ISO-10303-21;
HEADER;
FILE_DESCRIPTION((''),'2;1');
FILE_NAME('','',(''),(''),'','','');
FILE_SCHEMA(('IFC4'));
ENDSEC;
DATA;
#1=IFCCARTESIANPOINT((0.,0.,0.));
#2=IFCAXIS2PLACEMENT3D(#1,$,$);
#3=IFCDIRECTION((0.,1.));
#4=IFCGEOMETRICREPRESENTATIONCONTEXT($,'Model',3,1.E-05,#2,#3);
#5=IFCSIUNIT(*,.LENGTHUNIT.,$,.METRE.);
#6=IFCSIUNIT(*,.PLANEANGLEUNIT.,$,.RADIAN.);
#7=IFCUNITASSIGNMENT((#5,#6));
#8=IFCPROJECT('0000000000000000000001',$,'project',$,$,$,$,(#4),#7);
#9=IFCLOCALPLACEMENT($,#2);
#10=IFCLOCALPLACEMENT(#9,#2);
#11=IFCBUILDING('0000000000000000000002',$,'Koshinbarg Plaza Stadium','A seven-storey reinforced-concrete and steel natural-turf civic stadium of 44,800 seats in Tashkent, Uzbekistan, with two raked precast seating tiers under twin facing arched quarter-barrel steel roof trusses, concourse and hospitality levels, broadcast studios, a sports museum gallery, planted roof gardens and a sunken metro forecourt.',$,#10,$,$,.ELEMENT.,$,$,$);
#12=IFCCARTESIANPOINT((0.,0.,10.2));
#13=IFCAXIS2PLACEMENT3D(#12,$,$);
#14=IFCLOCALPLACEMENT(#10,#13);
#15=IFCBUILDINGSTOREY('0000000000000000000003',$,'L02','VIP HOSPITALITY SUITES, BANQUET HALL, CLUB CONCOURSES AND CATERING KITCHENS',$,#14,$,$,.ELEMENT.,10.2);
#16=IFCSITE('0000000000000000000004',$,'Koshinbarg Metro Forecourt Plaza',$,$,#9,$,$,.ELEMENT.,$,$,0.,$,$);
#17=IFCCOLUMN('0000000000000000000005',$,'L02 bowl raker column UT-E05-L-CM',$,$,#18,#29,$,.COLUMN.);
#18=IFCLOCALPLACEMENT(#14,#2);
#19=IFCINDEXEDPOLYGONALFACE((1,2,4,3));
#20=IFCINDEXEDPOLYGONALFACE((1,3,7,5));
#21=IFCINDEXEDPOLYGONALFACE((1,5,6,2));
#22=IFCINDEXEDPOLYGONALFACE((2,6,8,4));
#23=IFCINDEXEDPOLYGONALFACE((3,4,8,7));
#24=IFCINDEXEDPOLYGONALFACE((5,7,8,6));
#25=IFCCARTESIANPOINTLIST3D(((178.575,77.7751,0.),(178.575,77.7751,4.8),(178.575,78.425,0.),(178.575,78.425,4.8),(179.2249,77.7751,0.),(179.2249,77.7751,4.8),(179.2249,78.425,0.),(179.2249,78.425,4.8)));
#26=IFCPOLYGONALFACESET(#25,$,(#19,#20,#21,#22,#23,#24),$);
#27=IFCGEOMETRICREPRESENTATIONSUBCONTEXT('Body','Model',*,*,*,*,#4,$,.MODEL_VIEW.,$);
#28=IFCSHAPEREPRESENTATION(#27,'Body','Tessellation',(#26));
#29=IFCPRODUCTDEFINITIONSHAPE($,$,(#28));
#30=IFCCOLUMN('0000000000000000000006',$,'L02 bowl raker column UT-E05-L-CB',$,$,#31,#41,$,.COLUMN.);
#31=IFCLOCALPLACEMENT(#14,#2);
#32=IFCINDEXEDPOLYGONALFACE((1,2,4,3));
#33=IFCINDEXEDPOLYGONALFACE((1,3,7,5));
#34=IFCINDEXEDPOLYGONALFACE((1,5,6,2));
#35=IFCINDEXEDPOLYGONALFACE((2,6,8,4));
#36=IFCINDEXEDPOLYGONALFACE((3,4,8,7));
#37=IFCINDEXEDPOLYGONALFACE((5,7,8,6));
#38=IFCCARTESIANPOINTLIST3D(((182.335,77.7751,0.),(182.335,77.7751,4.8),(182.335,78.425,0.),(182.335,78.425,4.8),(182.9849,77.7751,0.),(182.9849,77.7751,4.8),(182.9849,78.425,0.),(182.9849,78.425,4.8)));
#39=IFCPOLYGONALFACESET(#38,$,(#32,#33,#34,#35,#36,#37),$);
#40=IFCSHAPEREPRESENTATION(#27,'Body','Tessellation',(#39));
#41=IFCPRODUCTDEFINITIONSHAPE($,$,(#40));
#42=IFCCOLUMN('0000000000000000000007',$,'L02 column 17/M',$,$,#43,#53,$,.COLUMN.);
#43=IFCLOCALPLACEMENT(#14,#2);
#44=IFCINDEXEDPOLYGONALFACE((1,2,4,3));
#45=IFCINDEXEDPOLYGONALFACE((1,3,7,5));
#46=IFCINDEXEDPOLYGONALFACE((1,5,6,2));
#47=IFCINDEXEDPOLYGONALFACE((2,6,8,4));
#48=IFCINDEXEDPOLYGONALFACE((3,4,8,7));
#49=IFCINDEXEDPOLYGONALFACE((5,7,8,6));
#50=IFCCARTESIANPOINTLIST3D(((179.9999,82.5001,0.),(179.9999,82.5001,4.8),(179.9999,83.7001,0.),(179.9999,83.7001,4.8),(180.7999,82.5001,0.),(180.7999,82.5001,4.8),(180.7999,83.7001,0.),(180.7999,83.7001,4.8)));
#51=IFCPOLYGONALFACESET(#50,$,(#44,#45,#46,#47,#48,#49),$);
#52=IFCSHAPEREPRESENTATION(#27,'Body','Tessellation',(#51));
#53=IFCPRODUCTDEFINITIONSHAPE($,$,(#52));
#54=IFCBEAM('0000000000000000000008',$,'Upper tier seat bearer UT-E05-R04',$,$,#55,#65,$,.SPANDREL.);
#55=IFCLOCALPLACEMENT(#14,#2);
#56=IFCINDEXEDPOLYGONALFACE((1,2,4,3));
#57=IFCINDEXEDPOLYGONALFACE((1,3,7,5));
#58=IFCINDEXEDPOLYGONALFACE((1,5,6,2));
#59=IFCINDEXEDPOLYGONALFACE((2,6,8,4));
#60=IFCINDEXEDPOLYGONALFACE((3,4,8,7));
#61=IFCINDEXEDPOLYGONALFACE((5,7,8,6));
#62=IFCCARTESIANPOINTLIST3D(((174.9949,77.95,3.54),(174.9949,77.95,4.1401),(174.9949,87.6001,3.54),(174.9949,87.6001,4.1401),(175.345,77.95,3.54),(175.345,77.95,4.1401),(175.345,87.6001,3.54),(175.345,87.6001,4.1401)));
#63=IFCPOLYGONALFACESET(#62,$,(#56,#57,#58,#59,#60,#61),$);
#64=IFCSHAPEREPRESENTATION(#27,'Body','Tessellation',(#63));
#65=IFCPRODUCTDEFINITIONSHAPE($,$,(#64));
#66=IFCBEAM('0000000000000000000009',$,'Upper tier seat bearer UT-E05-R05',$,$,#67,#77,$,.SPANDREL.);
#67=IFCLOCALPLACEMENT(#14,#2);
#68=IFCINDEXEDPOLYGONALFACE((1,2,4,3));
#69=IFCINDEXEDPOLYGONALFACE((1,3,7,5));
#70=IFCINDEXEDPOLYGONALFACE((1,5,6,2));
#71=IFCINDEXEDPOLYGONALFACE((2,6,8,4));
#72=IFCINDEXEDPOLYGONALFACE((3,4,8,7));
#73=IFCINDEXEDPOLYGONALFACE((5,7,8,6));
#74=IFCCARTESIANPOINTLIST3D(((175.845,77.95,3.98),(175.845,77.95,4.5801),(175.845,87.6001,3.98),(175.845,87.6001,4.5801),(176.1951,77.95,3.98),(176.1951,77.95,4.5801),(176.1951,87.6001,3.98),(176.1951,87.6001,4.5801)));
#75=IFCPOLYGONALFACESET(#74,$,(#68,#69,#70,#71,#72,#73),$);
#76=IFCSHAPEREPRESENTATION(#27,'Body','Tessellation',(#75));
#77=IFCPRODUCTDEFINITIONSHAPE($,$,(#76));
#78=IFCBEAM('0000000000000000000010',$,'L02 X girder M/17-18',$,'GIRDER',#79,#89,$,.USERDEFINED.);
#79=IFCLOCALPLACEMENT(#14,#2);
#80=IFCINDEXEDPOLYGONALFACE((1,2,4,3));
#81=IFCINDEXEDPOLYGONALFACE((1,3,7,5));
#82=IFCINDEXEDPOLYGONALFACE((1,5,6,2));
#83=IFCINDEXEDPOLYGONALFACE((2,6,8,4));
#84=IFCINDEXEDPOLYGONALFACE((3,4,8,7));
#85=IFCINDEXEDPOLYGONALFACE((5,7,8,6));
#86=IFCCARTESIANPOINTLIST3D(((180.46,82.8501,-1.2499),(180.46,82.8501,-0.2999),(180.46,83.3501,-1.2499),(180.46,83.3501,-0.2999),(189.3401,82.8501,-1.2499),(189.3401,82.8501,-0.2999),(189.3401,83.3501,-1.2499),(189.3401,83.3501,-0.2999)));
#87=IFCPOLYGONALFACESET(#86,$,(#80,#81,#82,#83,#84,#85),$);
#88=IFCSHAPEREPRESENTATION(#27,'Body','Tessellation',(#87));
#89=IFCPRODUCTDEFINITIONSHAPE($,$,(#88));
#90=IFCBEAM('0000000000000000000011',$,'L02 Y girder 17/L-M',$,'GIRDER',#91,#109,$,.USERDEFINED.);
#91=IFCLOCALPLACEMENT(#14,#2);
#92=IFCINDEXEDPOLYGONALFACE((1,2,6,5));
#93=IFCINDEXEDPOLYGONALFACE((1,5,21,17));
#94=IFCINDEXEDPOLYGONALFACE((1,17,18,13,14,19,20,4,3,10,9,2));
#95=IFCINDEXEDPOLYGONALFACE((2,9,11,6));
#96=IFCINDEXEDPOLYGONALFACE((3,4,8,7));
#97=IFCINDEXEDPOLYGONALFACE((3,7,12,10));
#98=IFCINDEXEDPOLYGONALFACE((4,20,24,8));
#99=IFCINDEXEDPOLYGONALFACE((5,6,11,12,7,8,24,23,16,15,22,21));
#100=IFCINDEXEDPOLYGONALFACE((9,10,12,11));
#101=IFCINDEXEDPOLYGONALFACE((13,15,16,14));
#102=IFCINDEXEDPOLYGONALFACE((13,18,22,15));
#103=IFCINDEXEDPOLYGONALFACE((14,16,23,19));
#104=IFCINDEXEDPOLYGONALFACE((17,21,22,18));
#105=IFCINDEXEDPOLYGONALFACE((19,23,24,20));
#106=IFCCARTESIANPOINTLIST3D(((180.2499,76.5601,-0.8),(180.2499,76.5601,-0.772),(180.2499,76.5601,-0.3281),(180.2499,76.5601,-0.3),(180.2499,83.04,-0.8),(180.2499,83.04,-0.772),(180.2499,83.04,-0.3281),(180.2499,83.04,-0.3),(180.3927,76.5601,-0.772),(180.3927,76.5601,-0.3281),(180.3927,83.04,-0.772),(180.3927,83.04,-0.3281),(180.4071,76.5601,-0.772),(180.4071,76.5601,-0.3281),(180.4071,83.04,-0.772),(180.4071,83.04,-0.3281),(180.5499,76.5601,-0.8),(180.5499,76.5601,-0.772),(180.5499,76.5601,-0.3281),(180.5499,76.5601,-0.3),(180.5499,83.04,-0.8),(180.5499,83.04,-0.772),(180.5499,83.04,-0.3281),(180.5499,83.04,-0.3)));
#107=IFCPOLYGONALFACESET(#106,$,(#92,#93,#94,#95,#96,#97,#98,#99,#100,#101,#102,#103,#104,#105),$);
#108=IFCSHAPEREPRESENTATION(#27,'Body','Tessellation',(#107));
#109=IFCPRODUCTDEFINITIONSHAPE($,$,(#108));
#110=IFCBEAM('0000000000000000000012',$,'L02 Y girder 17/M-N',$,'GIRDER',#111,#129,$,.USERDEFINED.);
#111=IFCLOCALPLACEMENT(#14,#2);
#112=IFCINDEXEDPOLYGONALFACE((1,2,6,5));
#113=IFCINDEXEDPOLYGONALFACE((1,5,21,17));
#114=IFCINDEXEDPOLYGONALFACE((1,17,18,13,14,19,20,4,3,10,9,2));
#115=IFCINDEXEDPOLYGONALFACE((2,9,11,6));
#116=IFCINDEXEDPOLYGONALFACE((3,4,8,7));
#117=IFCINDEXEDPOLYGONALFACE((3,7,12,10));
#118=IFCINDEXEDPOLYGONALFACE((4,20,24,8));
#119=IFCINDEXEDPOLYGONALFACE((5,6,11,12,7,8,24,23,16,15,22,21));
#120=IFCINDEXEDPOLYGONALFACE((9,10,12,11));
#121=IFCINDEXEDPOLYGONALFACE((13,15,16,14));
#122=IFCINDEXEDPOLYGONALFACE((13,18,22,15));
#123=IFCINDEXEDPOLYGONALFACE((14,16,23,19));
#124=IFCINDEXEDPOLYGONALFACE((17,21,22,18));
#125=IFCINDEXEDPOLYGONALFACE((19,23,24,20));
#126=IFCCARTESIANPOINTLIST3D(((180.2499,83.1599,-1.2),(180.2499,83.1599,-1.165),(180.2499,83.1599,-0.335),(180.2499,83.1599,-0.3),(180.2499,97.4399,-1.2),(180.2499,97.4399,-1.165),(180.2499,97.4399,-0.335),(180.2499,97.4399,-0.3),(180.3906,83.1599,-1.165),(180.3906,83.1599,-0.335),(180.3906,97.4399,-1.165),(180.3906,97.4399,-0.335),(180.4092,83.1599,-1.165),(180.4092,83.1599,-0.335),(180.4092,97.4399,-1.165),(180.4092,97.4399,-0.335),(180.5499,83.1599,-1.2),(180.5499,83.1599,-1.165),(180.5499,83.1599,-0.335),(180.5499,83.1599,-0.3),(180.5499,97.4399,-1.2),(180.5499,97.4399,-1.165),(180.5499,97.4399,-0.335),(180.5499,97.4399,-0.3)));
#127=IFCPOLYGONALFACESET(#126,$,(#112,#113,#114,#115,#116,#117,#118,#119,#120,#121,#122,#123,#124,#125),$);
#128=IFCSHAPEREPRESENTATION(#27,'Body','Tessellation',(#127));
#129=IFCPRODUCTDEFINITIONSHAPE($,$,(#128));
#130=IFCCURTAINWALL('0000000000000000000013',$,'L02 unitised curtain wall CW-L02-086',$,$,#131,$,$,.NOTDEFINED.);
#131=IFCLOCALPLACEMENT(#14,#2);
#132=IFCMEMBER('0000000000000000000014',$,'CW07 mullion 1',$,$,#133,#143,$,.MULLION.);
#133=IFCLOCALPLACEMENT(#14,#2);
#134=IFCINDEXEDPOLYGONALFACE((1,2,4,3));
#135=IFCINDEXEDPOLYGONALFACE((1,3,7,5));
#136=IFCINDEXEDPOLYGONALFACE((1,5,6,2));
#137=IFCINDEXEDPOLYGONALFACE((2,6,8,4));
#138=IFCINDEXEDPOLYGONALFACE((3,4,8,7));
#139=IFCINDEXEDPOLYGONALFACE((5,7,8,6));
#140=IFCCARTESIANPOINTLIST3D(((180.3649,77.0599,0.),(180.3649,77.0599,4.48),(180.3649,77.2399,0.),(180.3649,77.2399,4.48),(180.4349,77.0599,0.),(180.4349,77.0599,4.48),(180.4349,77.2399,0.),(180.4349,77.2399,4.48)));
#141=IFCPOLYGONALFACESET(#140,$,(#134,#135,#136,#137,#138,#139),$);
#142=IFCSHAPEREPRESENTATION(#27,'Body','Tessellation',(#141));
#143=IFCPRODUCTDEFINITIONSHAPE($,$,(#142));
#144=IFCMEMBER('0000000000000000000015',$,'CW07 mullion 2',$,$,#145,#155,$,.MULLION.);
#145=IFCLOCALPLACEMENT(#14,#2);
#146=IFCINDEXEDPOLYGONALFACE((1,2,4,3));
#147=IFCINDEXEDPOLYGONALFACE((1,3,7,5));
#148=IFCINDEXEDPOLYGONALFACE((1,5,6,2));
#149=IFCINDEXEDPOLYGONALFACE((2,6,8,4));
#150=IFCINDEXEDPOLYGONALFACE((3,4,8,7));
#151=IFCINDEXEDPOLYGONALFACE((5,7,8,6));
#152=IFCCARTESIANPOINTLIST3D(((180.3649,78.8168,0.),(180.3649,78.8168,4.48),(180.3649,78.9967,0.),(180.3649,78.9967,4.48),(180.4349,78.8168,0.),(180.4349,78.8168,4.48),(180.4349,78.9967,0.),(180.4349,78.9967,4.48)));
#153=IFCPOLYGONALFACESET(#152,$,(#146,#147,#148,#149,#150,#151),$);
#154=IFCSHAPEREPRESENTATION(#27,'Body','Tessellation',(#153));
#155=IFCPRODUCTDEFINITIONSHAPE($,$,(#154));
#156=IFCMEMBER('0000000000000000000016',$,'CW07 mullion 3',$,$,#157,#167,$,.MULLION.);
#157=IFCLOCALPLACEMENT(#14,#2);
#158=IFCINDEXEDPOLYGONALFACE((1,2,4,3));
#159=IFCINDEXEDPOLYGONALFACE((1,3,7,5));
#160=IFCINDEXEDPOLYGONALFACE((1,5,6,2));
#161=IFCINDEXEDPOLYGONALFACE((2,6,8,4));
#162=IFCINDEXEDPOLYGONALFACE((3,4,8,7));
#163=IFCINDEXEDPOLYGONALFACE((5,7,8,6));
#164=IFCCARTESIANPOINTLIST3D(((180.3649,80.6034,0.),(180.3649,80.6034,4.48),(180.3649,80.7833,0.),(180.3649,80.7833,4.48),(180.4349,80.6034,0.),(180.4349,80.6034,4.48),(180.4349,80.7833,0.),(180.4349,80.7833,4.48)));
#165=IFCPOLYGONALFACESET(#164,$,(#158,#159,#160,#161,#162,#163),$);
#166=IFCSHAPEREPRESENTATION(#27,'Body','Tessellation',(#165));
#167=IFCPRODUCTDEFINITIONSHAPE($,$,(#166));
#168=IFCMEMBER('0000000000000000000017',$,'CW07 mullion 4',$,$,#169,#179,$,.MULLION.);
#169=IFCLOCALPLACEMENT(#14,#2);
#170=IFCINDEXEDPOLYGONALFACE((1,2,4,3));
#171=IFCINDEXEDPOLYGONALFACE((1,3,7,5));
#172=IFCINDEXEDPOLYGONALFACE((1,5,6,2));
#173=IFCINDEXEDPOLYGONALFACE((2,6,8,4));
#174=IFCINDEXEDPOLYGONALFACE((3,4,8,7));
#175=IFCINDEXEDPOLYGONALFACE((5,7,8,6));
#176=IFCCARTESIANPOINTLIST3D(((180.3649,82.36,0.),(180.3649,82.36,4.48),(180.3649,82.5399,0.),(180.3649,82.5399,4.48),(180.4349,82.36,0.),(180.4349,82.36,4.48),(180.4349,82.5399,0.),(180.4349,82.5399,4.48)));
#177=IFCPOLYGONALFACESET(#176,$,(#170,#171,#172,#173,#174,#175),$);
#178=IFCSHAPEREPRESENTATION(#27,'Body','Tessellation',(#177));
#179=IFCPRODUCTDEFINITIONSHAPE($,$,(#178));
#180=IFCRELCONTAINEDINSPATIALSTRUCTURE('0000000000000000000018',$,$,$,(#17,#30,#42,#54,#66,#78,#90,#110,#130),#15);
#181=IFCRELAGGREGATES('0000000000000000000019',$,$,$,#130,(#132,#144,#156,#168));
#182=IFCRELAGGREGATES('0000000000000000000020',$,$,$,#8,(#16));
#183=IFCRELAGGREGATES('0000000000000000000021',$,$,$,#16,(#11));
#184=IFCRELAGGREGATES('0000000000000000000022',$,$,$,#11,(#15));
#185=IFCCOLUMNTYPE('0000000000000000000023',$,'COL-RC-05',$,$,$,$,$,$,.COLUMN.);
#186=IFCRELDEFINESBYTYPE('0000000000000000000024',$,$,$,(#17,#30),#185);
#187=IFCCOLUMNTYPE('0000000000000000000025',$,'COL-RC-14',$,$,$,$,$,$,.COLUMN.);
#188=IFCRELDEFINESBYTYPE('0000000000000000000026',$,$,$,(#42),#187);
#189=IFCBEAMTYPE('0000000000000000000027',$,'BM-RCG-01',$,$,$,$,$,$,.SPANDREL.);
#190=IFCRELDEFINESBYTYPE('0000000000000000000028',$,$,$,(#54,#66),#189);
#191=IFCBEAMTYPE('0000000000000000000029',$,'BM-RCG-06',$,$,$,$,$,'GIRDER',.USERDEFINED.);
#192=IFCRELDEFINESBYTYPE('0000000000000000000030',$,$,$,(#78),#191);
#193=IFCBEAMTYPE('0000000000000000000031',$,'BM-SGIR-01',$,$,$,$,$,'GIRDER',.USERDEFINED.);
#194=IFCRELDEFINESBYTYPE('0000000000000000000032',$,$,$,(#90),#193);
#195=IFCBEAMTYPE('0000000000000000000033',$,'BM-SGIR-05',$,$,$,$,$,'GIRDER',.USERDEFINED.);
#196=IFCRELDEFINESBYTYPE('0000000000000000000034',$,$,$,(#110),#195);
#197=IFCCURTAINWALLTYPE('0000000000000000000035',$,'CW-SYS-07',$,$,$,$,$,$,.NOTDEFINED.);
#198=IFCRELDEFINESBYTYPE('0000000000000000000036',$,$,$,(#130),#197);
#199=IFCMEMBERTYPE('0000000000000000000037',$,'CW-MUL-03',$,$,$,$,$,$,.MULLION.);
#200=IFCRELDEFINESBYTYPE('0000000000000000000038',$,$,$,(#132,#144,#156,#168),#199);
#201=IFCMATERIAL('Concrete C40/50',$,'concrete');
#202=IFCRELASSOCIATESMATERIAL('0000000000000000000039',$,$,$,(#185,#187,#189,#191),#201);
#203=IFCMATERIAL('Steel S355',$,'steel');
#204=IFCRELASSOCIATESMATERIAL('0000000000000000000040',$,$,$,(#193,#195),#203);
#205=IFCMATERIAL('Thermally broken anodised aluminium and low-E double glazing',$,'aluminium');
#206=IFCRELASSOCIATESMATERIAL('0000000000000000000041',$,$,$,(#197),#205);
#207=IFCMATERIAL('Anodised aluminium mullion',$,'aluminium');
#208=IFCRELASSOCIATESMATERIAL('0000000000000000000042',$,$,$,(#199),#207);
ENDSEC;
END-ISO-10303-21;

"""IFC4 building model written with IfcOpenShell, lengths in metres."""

from ifc_helpers import new_model, si_unit, direction, frame, origin, origin_2d, place, context, subcontext, project, spatial, rectangle, i_section, extrude, material, material_profile, profile_set, type_object, element, aggregate, save


model = new_model("IFC4")

# Units and contexts
model_context = context("Model", 3, precision=1e-05, world=origin(), true_north=direction((0.0, 1.0)))
body_context = subcontext(model_context, "Body", "Model", "MODEL_VIEW")
ifc_project = project(units=[si_unit("LENGTHUNIT", "METRE"), si_unit("PLANEANGLEUNIT", "RADIAN")], contexts=[model_context])

# Site, building, storey
site_placement = place(None, origin())
site = spatial("IfcSite", under=ifc_project, at=site_placement, Name="Koshinbarg Metro Forecourt Plaza", CompositionType="ELEMENT", RefElevation=0.0)
building_placement = place(site_placement, origin())
building = spatial("IfcBuilding", under=site, at=building_placement, Name="Koshinbarg Plaza Stadium", Description="A seven-storey reinforced-concrete and steel natural-turf civic stadium of 44,800 seats in Tashkent, Uzbekistan, with two raked precast seating tiers under twin facing arched quarter-barrel steel roof trusses, concourse and hospitality levels, broadcast studios, a sports museum gallery, planted roof gardens and a sunken metro forecourt.", CompositionType="ELEMENT")
storey_placement = place(building_placement, frame((0.0, 0.0, 10.2)))
storey = spatial("IfcBuildingStorey", under=building, at=storey_placement, Name="L02", Description="VIP HOSPITALITY SUITES, BANQUET HALL, CLUB CONCOURSES AND CATERING KITCHENS", CompositionType="ELEMENT", Elevation=10.2)

# Columns
ifc_material_1 = material(Name="Concrete C40/50", Category="concrete")
ifc_material_profile_1 = material_profile(ifc_material_1, rectangle(XDim=0.6499, YDim=0.6499, at=origin_2d()), Name="RC 650x650")
ifc_profile_set_1 = profile_set([ifc_material_profile_1], Name="Concrete C40/50")
column_type_1 = type_object("IfcColumnType", Name="COL-RC-05", PredefinedType="COLUMN", material=ifc_profile_set_1)
for number, where, z_axis, x_axis, name in (
    (1, (178.8999, 78.1001, 0.0), (0.0, 0.0, 1.0), (1.0, 0.0, 0.0), "L02 bowl raker column UT-E05-L-CM"),
    (2, (182.6599, 78.1001, 0.0), (0.0, 0.0, 1.0), (1.0, 0.0, 0.0), "L02 bowl raker column UT-E05-L-CB"),
):
    element("IfcColumn", number, at=place(storey_placement, frame(where, z_axis=z_axis, x_axis=x_axis)), inside=storey, type_object=column_type_1, Name=name, PredefinedType="COLUMN", context=body_context, shape_type="SweptSolid", body=[
        extrude(rectangle(XDim=0.6499, YDim=0.6499, at=origin_2d()), origin(), (0.0, 0.0, 1.0), 4.8),
    ])
ifc_material_profile_2 = material_profile(ifc_material_1, rectangle(XDim=0.8, YDim=1.2, at=origin_2d()), Name="RC 800x1200")
ifc_profile_set_2 = profile_set([ifc_material_profile_2], Name="Concrete C40/50")
column_type_2 = type_object("IfcColumnType", Name="COL-RC-14", PredefinedType="COLUMN", material=ifc_profile_set_2)
column_placement = place(storey_placement, frame((180.3999, 83.1001, 0.0), z_axis=(0.0, 0.0, 1.0), x_axis=(1.0, 0.0, 0.0)))
element("IfcColumn", 3, at=column_placement, inside=storey, type_object=column_type_2, Name="L02 column 17/M", PredefinedType="COLUMN", context=body_context, shape_type="SweptSolid", body=[
    extrude(rectangle(XDim=0.8, YDim=1.2, at=origin_2d()), origin(), (0.0, 0.0, 1.0), 4.8),
])

# Beams
ifc_material_profile_3 = material_profile(ifc_material_1, rectangle(XDim=0.3501, YDim=0.6001, at=origin_2d()), Name="RC 350x600")
ifc_profile_set_3 = profile_set([ifc_material_profile_3], Name="Concrete C40/50")
beam_type_1 = type_object("IfcBeamType", Name="BM-RCG-01", PredefinedType="SPANDREL", material=ifc_profile_set_3)
for number, where, z_axis, x_axis, name in (
    (4, (175.1699, 77.95, 3.8401), (0.0, 1.0, 0.0), (-1.0, 0.0, 0.0), "Upper tier seat bearer UT-E05-R04"),
    (5, (176.02, 77.95, 4.28), (0.0, 1.0, 0.0), (-1.0, 0.0, 0.0), "Upper tier seat bearer UT-E05-R05"),
):
    element("IfcBeam", number, at=place(storey_placement, frame(where, z_axis=z_axis, x_axis=x_axis)), inside=storey, type_object=beam_type_1, Name=name, PredefinedType="SPANDREL", context=body_context, shape_type="SweptSolid", body=[
        extrude(rectangle(XDim=0.3501, YDim=0.6001, at=origin_2d()), origin(), (0.0, 0.0, 1.0), 9.6501),
    ])
ifc_material_profile_4 = material_profile(ifc_material_1, rectangle(XDim=0.5, YDim=0.95, at=origin_2d()), Name="RC 500x950")
ifc_profile_set_4 = profile_set([ifc_material_profile_4], Name="Concrete C40/50")
beam_type_2 = type_object("IfcBeamType", Name="BM-RCG-06", ElementType="GIRDER", PredefinedType="USERDEFINED", material=ifc_profile_set_4)
beam_1_placement = place(storey_placement, frame((180.46, 83.1001, -0.7749), z_axis=(1.0, 0.0, 0.0), x_axis=(0.0, 1.0, 0.0)))
element("IfcBeam", 6, at=beam_1_placement, inside=storey, type_object=beam_type_2, Name="L02 X girder M/17-18", ObjectType="GIRDER", PredefinedType="USERDEFINED", context=body_context, shape_type="SweptSolid", body=[
    extrude(rectangle(XDim=0.5, YDim=0.95, at=origin_2d()), origin(), (0.0, 0.0, 1.0), 8.8801),
])
ifc_material_2 = material(Name="Steel S355", Category="steel")
ifc_material_profile_5 = material_profile(ifc_material_2, i_section(OverallWidth=0.3, OverallDepth=0.5, WebThickness=0.0144, FlangeThickness=0.0281, at=origin_2d()), Name="HEB 500")
ifc_profile_set_5 = profile_set([ifc_material_profile_5], Name="Steel S355")
beam_type_3 = type_object("IfcBeamType", Name="BM-SGIR-01", ElementType="GIRDER", PredefinedType="USERDEFINED", material=ifc_profile_set_5)
beam_2_placement = place(storey_placement, frame((180.3999, 76.5601, -0.55), z_axis=(0.0, 1.0, 0.0), x_axis=(-1.0, 0.0, 0.0)))
element("IfcBeam", 7, at=beam_2_placement, inside=storey, type_object=beam_type_3, Name="L02 Y girder 17/L-M", ObjectType="GIRDER", PredefinedType="USERDEFINED", context=body_context, shape_type="SweptSolid", body=[
    extrude(i_section(OverallWidth=0.3, OverallDepth=0.5, WebThickness=0.0144, FlangeThickness=0.0281, at=origin_2d()), origin(), (0.0, 0.0, 1.0), 6.48),
])
ifc_material_profile_6 = material_profile(ifc_material_2, i_section(OverallWidth=0.3, OverallDepth=0.8999, WebThickness=0.0186, FlangeThickness=0.0349, at=origin_2d()), Name="HEB 900")
ifc_profile_set_6 = profile_set([ifc_material_profile_6], Name="Steel S355")
beam_type_4 = type_object("IfcBeamType", Name="BM-SGIR-05", ElementType="GIRDER", PredefinedType="USERDEFINED", material=ifc_profile_set_6)
beam_3_placement = place(storey_placement, frame((180.3999, 83.1599, -0.75), z_axis=(0.0, 1.0, 0.0), x_axis=(-1.0, 0.0, 0.0)))
element("IfcBeam", 8, at=beam_3_placement, inside=storey, type_object=beam_type_4, Name="L02 Y girder 17/M-N", ObjectType="GIRDER", PredefinedType="USERDEFINED", context=body_context, shape_type="SweptSolid", body=[
    extrude(i_section(OverallWidth=0.3, OverallDepth=0.8999, WebThickness=0.0186, FlangeThickness=0.0349, at=origin_2d()), origin(), (0.0, 0.0, 1.0), 14.28),
])

# Curtain wall, members
ifc_material_3 = material(Name="Thermally broken anodised aluminium and low-E double glazing", Category="aluminium")
curtain_wall_type = type_object("IfcCurtainWallType", Name="CW-SYS-07", PredefinedType="NOTDEFINED", material=ifc_material_3)
curtain_wall_placement = place(storey_placement, origin())
curtain_wall = element("IfcCurtainWall", 9, at=curtain_wall_placement, inside=storey, type_object=curtain_wall_type, Name="L02 unitised curtain wall CW-L02-086", PredefinedType="NOTDEFINED")
ifc_material_4 = material(Name="Anodised aluminium mullion", Category="aluminium")
ifc_material_profile_7 = material_profile(ifc_material_4, rectangle(XDim=0.0701, YDim=0.1799, at=origin_2d()), Name="ALU 70x180")
ifc_profile_set_7 = profile_set([ifc_material_profile_7], Name="Anodised aluminium mullion")
member_type_1 = type_object("IfcMemberType", Name="CW-MUL-03", PredefinedType="MULLION", material=ifc_profile_set_7)
member_1_placement = place(storey_placement, frame((180.3999, 77.1499, 0.0), z_axis=(0.0, 0.0, 1.0), x_axis=(-1.0, 0.0, 0.0)))
member_1 = element("IfcMember", 10, at=member_1_placement, type_object=member_type_1, Name="CW07 mullion 1", PredefinedType="MULLION", context=body_context, shape_type="SweptSolid", body=[
    extrude(rectangle(XDim=0.0701, YDim=0.1799, at=origin_2d()), origin(), (0.0, 0.0, 1.0), 4.48),
])
member_2_placement = place(storey_placement, frame((180.3999, 78.9067, 0.0), z_axis=(0.0, 0.0, 1.0), x_axis=(-1.0, 0.0, 0.0)))
member_2 = element("IfcMember", 11, at=member_2_placement, type_object=member_type_1, Name="CW07 mullion 2", PredefinedType="MULLION", context=body_context, shape_type="SweptSolid", body=[
    extrude(rectangle(XDim=0.0701, YDim=0.1799, at=origin_2d()), origin(), (0.0, 0.0, 1.0), 4.48),
])
member_3_placement = place(storey_placement, frame((180.3999, 80.6934, 0.0), z_axis=(0.0, 0.0, 1.0), x_axis=(-1.0, 0.0, 0.0)))
member_3 = element("IfcMember", 12, at=member_3_placement, type_object=member_type_1, Name="CW07 mullion 3", PredefinedType="MULLION", context=body_context, shape_type="SweptSolid", body=[
    extrude(rectangle(XDim=0.0701, YDim=0.1799, at=origin_2d()), origin(), (0.0, 0.0, 1.0), 4.48),
])
member_4_placement = place(storey_placement, frame((180.3999, 82.45, 0.0), z_axis=(0.0, 0.0, 1.0), x_axis=(-1.0, 0.0, 0.0)))
member_4 = element("IfcMember", 13, at=member_4_placement, type_object=member_type_1, Name="CW07 mullion 4", PredefinedType="MULLION", context=body_context, shape_type="SweptSolid", body=[
    extrude(rectangle(XDim=0.0701, YDim=0.1799, at=origin_2d()), origin(), (0.0, 0.0, 1.0), 4.48),
])
aggregate(curtain_wall, [member_1, member_2, member_3, member_4])

save(model, "model.ifc")
